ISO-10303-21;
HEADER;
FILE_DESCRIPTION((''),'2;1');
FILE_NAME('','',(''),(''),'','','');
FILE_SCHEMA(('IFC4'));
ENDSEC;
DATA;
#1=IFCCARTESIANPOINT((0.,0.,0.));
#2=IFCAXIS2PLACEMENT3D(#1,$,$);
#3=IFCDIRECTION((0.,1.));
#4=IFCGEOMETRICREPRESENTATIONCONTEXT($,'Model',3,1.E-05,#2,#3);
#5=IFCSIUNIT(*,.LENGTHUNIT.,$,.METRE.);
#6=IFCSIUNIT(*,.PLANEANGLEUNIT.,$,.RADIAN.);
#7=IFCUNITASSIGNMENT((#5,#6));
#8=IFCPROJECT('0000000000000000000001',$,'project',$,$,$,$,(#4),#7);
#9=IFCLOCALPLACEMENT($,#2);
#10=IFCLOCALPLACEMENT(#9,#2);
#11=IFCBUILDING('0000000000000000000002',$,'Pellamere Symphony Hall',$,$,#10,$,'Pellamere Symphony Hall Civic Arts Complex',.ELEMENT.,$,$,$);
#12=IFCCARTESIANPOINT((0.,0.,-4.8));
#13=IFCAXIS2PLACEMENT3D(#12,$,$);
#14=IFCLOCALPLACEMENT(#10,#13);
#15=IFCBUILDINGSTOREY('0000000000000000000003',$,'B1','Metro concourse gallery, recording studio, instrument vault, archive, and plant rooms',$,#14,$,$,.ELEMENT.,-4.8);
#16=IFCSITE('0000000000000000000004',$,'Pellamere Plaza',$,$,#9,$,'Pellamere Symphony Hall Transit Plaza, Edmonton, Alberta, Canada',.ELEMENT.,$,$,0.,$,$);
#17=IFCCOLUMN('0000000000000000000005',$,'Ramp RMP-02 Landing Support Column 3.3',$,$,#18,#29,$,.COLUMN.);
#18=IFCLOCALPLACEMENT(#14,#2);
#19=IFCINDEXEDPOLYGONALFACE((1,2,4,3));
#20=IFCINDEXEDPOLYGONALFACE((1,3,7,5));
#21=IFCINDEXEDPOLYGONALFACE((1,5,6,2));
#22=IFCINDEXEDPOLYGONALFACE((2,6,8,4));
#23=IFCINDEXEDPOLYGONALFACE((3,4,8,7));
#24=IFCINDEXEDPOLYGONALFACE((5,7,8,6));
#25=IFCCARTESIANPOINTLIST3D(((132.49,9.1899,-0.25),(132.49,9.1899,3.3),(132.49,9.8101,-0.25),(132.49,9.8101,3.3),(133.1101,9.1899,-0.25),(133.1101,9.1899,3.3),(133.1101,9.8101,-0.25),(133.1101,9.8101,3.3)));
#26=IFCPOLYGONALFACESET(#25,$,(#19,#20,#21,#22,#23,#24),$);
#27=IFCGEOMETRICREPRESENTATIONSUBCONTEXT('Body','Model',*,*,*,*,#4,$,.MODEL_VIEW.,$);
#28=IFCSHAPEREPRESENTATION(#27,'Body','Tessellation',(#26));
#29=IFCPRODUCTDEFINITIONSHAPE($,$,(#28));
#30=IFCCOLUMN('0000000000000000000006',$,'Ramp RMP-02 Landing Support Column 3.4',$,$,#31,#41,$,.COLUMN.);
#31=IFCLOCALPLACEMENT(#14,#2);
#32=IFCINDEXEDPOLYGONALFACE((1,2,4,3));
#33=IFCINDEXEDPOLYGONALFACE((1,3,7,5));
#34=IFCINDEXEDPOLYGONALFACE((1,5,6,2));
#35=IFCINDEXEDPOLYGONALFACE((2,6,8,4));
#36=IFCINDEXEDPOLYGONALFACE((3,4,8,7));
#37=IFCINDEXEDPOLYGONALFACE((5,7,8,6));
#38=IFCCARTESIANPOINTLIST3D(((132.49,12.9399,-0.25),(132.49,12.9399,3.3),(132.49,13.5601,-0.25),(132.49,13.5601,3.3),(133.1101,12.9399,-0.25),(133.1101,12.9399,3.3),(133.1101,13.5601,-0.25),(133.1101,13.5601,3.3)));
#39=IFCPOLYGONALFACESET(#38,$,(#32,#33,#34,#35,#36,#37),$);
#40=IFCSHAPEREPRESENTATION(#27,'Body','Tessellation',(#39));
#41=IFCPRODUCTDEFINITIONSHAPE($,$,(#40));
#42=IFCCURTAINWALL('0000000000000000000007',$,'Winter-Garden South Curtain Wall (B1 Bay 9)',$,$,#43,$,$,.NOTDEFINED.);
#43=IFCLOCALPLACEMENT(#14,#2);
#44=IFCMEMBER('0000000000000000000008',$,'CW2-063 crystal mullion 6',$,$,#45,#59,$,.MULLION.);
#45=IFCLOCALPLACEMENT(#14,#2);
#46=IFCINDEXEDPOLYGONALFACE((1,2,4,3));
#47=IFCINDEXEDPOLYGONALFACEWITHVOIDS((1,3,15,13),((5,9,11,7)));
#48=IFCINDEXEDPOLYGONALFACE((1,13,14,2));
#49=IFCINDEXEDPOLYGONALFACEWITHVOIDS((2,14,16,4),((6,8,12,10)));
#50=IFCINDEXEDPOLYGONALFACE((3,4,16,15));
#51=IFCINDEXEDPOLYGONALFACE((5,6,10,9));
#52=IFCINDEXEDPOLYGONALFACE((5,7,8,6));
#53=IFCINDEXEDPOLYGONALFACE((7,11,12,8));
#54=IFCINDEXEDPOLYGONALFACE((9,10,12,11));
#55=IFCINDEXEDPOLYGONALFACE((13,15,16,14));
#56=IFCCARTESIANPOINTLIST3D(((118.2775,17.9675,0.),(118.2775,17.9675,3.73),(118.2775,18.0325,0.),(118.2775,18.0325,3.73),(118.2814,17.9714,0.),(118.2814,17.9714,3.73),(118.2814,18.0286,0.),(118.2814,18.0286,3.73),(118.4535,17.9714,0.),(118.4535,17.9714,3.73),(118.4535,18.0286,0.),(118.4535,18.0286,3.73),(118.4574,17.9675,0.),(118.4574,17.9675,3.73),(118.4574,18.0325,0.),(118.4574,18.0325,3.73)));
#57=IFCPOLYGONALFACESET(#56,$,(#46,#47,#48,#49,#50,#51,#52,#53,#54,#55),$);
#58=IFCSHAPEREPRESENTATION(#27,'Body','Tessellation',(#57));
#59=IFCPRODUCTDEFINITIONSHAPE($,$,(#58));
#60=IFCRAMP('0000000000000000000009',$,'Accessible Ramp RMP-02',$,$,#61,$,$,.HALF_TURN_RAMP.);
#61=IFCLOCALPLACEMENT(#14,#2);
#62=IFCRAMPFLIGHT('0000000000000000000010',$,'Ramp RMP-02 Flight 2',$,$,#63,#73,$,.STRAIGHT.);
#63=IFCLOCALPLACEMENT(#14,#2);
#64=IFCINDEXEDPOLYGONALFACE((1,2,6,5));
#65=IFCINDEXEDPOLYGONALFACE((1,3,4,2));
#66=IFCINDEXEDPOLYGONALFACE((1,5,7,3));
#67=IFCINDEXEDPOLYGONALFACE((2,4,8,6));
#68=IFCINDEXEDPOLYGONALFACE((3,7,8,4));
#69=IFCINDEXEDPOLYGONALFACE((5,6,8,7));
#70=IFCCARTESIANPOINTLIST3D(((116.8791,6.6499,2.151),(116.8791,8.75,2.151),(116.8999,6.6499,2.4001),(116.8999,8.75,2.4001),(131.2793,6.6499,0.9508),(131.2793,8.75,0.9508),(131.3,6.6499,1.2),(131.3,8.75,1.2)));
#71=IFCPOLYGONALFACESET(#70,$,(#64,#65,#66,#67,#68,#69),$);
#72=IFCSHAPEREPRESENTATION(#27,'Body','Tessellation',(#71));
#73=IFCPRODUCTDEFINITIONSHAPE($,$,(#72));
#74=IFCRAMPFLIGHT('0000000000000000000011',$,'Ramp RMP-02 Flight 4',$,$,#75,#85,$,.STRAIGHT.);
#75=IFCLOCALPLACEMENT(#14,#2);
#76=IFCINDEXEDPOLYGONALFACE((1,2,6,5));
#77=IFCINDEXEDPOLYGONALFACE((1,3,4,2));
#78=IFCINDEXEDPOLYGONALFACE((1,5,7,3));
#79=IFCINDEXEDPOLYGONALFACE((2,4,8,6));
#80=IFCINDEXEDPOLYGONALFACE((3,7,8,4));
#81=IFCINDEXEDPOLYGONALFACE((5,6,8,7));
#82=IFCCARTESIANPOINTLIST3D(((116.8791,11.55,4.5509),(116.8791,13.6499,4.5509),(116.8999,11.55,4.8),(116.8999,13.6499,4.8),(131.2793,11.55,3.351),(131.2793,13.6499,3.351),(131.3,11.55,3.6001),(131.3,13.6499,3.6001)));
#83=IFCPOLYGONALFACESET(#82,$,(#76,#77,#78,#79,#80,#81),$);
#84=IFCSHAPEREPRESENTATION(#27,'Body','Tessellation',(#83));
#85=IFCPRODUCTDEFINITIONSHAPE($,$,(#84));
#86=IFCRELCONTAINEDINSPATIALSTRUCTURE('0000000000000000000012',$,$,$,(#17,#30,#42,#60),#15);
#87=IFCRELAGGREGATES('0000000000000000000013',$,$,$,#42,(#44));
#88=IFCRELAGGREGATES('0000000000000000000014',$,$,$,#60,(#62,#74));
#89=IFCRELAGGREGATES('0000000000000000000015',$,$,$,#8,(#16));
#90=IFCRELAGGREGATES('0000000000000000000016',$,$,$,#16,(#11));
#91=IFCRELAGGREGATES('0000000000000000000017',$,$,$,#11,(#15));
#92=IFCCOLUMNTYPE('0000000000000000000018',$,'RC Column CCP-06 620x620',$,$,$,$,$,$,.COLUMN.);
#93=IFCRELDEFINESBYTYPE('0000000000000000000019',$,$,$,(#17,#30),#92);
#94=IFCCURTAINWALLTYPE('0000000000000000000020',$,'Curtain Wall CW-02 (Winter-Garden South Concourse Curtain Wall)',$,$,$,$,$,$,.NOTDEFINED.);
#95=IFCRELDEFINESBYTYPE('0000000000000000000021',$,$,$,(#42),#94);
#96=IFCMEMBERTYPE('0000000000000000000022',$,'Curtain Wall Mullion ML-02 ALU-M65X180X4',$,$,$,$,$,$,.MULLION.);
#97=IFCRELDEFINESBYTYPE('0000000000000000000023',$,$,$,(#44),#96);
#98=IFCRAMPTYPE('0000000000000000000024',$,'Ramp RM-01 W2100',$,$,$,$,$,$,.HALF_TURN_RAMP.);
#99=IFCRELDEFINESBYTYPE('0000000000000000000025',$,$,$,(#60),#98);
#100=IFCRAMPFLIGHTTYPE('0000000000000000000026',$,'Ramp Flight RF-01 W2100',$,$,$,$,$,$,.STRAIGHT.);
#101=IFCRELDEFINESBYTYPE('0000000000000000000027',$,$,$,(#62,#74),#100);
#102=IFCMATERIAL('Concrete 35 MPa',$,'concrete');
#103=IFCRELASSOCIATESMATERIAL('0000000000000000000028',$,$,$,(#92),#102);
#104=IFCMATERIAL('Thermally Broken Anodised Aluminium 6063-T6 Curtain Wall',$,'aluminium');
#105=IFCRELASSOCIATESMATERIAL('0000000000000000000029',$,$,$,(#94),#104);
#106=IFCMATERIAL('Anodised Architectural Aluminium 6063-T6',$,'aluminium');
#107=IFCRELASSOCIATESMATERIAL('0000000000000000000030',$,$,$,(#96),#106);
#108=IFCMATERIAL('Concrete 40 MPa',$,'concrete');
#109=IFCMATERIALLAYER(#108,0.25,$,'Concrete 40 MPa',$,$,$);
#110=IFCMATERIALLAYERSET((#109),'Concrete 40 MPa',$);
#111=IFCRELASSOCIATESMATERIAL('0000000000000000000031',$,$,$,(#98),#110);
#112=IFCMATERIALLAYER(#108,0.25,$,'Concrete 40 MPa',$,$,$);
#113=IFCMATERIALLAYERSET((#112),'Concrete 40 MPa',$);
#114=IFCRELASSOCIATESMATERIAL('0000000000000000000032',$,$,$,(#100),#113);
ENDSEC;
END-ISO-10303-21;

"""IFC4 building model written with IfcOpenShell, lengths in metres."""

from ifc_helpers import new_model, si_unit, direction, frame, origin, origin_2d, place, context, subcontext, project, spatial, polyline, rectangle, hollow_rectangle, outline, extrude, material, layer, layer_set, material_profile, profile_set, type_object, element, aggregate, save


model = new_model("IFC4")

# Units and contexts
model_context = context("Model", 3, precision=1e-05, world=origin(), true_north=direction((0.0, 1.0)))
body_context = subcontext(model_context, "Body", "Model", "MODEL_VIEW")
ifc_project = project(units=[si_unit("LENGTHUNIT", "METRE"), si_unit("PLANEANGLEUNIT", "RADIAN")], contexts=[model_context])

# Site, building, storey
site_placement = place(None, origin())
site = spatial("IfcSite", under=ifc_project, at=site_placement, Name="Pellamere Plaza", LongName="Pellamere Symphony Hall Transit Plaza, Edmonton, Alberta, Canada", CompositionType="ELEMENT", RefElevation=0.0)
building_placement = place(site_placement, origin())
building = spatial("IfcBuilding", under=site, at=building_placement, Name="Pellamere Symphony Hall", LongName="Pellamere Symphony Hall Civic Arts Complex", CompositionType="ELEMENT")
storey_placement = place(building_placement, frame((0.0, 0.0, -4.8)))
storey = spatial("IfcBuildingStorey", under=building, at=storey_placement, Name="B1", Description="Metro concourse gallery, recording studio, instrument vault, archive, and plant rooms", CompositionType="ELEMENT", Elevation=-4.8)

# Shared definitions
ifc_material_1 = material(Name="Concrete 35 MPa", Category="concrete")

# Shared definitions
ifc_material_2 = material(Name="Concrete 40 MPa", Category="concrete")

# Columns
ifc_material_profile_1 = material_profile(ifc_material_1, rectangle(XDim=0.6201, YDim=0.6201, at=origin_2d()), Name="RC 620x620")
ifc_profile_set_1 = profile_set([ifc_material_profile_1], Name="Concrete 35 MPa")
column_type_1 = type_object("IfcColumnType", Name="RC Column CCP-06 620x620", PredefinedType="COLUMN", material=ifc_profile_set_1)
for number, where, z_axis, x_axis, name in (
    (1, (132.8, 9.5, -0.25), (0.0, 0.0, 1.0), (1.0, 0.0, 0.0), "Ramp RMP-02 Landing Support Column 3.3"),
    (2, (132.8, 13.25, -0.25), (0.0, 0.0, 1.0), (1.0, 0.0, 0.0), "Ramp RMP-02 Landing Support Column 3.4"),
):
    element("IfcColumn", number, at=place(storey_placement, frame(where, z_axis=z_axis, x_axis=x_axis)), inside=storey, type_object=column_type_1, Name=name, PredefinedType="COLUMN", context=body_context, shape_type="SweptSolid", body=[
        extrude(rectangle(XDim=0.6201, YDim=0.6201, at=origin_2d()), origin(), (0.0, 0.0, 1.0), 3.55),
    ])

# Curtain wall, member
ifc_material_3 = material(Name="Thermally Broken Anodised Aluminium 6063-T6 Curtain Wall", Category="aluminium")
curtain_wall_type = type_object("IfcCurtainWallType", Name="Curtain Wall CW-02 (Winter-Garden South Concourse Curtain Wall)", PredefinedType="NOTDEFINED", material=ifc_material_3)
curtain_wall_placement = place(storey_placement, origin())
curtain_wall = element("IfcCurtainWall", 3, at=curtain_wall_placement, inside=storey, type_object=curtain_wall_type, Name="Winter-Garden South Curtain Wall (B1 Bay 9)", PredefinedType="NOTDEFINED")
ifc_material_4 = material(Name="Anodised Architectural Aluminium 6063-T6", Category="aluminium")
ifc_material_profile_2 = material_profile(ifc_material_4, hollow_rectangle(XDim=0.0649, YDim=0.1799, WallThickness=0.0039, at=origin_2d()), Name="ALU-M65X180X4")
ifc_profile_set_2 = profile_set([ifc_material_profile_2], Name="Anodised Architectural Aluminium 6063-T6")
member_type = type_object("IfcMemberType", Name="Curtain Wall Mullion ML-02 ALU-M65X180X4", PredefinedType="MULLION", material=ifc_profile_set_2)
member_placement = place(storey_placement, frame((118.3674, 18.0, 0.0), z_axis=(0.0, 0.0, 1.0), x_axis=(0.0, 1.0, 0.0)))
member = element("IfcMember", 4, at=member_placement, type_object=member_type, Name="CW2-063 crystal mullion 6", PredefinedType="MULLION", context=body_context, shape_type="SweptSolid", body=[
    extrude(hollow_rectangle(XDim=0.0649, YDim=0.1799, WallThickness=0.0039, at=origin_2d()), origin(), (0.0, 0.0, 1.0), 3.73),
])
aggregate(curtain_wall, [member])

# Ramp, ramp flights
ifc_layer_1 = layer(ifc_material_2, 0.25, Name="Concrete 40 MPa")
ifc_layer_set_1 = layer_set([ifc_layer_1], Name="Concrete 40 MPa")
ramp_type = type_object("IfcRampType", Name="Ramp RM-01 W2100", PredefinedType="HALF_TURN_RAMP", material=ifc_layer_set_1)
ramp_placement = place(storey_placement, origin())
ramp = element("IfcRamp", 5, at=ramp_placement, inside=storey, type_object=ramp_type, Name="Accessible Ramp RMP-02", PredefinedType="HALF_TURN_RAMP")
ifc_layer_2 = layer(ifc_material_2, 0.25, Name="Concrete 40 MPa")
ifc_layer_set_2 = layer_set([ifc_layer_2], Name="Concrete 40 MPa")
ramp_flight_type = type_object("IfcRampFlightType", Name="Ramp Flight RF-01 W2100", PredefinedType="STRAIGHT", material=ifc_layer_set_2)
ramp_flight_1_placement = place(storey_placement, frame((131.3, 8.75, 1.2), z_axis=(0.083058, 0.0, 0.996545), x_axis=(-0.996545, 0.0, 0.083058)))
ramp_flight_1 = element("IfcRampFlight", 6, at=ramp_flight_1_placement, type_object=ramp_flight_type, Name="Ramp RMP-02 Flight 2", PredefinedType="STRAIGHT", context=body_context, shape_type="SweptSolid", body=[
    extrude(outline(polyline([(0.0, 0.0), (14.4501, 0.0), (14.4501, 2.1001), (0.0, 2.1001), (0.0, 0.0)])), origin(), (0.0, 0.0, -1.0), 0.25),
])
ramp_flight_2_placement = place(storey_placement, frame((131.3, 13.6499, 3.6001), z_axis=(0.083041, 0.0, 0.996546), x_axis=(-0.996546, 0.0, 0.083041)))
ramp_flight_2 = element("IfcRampFlight", 7, at=ramp_flight_2_placement, type_object=ramp_flight_type, Name="Ramp RMP-02 Flight 4", PredefinedType="STRAIGHT", context=body_context, shape_type="SweptSolid", body=[
    extrude(outline(polyline([(0.0, 0.0), (14.4501, 0.0), (14.4501, 2.0999), (0.0, 2.0999), (0.0, 0.0)])), origin(), (0.0, 0.0, -1.0), 0.25),
])
aggregate(ramp, [ramp_flight_1, ramp_flight_2])

save(model, "model.ifc")
